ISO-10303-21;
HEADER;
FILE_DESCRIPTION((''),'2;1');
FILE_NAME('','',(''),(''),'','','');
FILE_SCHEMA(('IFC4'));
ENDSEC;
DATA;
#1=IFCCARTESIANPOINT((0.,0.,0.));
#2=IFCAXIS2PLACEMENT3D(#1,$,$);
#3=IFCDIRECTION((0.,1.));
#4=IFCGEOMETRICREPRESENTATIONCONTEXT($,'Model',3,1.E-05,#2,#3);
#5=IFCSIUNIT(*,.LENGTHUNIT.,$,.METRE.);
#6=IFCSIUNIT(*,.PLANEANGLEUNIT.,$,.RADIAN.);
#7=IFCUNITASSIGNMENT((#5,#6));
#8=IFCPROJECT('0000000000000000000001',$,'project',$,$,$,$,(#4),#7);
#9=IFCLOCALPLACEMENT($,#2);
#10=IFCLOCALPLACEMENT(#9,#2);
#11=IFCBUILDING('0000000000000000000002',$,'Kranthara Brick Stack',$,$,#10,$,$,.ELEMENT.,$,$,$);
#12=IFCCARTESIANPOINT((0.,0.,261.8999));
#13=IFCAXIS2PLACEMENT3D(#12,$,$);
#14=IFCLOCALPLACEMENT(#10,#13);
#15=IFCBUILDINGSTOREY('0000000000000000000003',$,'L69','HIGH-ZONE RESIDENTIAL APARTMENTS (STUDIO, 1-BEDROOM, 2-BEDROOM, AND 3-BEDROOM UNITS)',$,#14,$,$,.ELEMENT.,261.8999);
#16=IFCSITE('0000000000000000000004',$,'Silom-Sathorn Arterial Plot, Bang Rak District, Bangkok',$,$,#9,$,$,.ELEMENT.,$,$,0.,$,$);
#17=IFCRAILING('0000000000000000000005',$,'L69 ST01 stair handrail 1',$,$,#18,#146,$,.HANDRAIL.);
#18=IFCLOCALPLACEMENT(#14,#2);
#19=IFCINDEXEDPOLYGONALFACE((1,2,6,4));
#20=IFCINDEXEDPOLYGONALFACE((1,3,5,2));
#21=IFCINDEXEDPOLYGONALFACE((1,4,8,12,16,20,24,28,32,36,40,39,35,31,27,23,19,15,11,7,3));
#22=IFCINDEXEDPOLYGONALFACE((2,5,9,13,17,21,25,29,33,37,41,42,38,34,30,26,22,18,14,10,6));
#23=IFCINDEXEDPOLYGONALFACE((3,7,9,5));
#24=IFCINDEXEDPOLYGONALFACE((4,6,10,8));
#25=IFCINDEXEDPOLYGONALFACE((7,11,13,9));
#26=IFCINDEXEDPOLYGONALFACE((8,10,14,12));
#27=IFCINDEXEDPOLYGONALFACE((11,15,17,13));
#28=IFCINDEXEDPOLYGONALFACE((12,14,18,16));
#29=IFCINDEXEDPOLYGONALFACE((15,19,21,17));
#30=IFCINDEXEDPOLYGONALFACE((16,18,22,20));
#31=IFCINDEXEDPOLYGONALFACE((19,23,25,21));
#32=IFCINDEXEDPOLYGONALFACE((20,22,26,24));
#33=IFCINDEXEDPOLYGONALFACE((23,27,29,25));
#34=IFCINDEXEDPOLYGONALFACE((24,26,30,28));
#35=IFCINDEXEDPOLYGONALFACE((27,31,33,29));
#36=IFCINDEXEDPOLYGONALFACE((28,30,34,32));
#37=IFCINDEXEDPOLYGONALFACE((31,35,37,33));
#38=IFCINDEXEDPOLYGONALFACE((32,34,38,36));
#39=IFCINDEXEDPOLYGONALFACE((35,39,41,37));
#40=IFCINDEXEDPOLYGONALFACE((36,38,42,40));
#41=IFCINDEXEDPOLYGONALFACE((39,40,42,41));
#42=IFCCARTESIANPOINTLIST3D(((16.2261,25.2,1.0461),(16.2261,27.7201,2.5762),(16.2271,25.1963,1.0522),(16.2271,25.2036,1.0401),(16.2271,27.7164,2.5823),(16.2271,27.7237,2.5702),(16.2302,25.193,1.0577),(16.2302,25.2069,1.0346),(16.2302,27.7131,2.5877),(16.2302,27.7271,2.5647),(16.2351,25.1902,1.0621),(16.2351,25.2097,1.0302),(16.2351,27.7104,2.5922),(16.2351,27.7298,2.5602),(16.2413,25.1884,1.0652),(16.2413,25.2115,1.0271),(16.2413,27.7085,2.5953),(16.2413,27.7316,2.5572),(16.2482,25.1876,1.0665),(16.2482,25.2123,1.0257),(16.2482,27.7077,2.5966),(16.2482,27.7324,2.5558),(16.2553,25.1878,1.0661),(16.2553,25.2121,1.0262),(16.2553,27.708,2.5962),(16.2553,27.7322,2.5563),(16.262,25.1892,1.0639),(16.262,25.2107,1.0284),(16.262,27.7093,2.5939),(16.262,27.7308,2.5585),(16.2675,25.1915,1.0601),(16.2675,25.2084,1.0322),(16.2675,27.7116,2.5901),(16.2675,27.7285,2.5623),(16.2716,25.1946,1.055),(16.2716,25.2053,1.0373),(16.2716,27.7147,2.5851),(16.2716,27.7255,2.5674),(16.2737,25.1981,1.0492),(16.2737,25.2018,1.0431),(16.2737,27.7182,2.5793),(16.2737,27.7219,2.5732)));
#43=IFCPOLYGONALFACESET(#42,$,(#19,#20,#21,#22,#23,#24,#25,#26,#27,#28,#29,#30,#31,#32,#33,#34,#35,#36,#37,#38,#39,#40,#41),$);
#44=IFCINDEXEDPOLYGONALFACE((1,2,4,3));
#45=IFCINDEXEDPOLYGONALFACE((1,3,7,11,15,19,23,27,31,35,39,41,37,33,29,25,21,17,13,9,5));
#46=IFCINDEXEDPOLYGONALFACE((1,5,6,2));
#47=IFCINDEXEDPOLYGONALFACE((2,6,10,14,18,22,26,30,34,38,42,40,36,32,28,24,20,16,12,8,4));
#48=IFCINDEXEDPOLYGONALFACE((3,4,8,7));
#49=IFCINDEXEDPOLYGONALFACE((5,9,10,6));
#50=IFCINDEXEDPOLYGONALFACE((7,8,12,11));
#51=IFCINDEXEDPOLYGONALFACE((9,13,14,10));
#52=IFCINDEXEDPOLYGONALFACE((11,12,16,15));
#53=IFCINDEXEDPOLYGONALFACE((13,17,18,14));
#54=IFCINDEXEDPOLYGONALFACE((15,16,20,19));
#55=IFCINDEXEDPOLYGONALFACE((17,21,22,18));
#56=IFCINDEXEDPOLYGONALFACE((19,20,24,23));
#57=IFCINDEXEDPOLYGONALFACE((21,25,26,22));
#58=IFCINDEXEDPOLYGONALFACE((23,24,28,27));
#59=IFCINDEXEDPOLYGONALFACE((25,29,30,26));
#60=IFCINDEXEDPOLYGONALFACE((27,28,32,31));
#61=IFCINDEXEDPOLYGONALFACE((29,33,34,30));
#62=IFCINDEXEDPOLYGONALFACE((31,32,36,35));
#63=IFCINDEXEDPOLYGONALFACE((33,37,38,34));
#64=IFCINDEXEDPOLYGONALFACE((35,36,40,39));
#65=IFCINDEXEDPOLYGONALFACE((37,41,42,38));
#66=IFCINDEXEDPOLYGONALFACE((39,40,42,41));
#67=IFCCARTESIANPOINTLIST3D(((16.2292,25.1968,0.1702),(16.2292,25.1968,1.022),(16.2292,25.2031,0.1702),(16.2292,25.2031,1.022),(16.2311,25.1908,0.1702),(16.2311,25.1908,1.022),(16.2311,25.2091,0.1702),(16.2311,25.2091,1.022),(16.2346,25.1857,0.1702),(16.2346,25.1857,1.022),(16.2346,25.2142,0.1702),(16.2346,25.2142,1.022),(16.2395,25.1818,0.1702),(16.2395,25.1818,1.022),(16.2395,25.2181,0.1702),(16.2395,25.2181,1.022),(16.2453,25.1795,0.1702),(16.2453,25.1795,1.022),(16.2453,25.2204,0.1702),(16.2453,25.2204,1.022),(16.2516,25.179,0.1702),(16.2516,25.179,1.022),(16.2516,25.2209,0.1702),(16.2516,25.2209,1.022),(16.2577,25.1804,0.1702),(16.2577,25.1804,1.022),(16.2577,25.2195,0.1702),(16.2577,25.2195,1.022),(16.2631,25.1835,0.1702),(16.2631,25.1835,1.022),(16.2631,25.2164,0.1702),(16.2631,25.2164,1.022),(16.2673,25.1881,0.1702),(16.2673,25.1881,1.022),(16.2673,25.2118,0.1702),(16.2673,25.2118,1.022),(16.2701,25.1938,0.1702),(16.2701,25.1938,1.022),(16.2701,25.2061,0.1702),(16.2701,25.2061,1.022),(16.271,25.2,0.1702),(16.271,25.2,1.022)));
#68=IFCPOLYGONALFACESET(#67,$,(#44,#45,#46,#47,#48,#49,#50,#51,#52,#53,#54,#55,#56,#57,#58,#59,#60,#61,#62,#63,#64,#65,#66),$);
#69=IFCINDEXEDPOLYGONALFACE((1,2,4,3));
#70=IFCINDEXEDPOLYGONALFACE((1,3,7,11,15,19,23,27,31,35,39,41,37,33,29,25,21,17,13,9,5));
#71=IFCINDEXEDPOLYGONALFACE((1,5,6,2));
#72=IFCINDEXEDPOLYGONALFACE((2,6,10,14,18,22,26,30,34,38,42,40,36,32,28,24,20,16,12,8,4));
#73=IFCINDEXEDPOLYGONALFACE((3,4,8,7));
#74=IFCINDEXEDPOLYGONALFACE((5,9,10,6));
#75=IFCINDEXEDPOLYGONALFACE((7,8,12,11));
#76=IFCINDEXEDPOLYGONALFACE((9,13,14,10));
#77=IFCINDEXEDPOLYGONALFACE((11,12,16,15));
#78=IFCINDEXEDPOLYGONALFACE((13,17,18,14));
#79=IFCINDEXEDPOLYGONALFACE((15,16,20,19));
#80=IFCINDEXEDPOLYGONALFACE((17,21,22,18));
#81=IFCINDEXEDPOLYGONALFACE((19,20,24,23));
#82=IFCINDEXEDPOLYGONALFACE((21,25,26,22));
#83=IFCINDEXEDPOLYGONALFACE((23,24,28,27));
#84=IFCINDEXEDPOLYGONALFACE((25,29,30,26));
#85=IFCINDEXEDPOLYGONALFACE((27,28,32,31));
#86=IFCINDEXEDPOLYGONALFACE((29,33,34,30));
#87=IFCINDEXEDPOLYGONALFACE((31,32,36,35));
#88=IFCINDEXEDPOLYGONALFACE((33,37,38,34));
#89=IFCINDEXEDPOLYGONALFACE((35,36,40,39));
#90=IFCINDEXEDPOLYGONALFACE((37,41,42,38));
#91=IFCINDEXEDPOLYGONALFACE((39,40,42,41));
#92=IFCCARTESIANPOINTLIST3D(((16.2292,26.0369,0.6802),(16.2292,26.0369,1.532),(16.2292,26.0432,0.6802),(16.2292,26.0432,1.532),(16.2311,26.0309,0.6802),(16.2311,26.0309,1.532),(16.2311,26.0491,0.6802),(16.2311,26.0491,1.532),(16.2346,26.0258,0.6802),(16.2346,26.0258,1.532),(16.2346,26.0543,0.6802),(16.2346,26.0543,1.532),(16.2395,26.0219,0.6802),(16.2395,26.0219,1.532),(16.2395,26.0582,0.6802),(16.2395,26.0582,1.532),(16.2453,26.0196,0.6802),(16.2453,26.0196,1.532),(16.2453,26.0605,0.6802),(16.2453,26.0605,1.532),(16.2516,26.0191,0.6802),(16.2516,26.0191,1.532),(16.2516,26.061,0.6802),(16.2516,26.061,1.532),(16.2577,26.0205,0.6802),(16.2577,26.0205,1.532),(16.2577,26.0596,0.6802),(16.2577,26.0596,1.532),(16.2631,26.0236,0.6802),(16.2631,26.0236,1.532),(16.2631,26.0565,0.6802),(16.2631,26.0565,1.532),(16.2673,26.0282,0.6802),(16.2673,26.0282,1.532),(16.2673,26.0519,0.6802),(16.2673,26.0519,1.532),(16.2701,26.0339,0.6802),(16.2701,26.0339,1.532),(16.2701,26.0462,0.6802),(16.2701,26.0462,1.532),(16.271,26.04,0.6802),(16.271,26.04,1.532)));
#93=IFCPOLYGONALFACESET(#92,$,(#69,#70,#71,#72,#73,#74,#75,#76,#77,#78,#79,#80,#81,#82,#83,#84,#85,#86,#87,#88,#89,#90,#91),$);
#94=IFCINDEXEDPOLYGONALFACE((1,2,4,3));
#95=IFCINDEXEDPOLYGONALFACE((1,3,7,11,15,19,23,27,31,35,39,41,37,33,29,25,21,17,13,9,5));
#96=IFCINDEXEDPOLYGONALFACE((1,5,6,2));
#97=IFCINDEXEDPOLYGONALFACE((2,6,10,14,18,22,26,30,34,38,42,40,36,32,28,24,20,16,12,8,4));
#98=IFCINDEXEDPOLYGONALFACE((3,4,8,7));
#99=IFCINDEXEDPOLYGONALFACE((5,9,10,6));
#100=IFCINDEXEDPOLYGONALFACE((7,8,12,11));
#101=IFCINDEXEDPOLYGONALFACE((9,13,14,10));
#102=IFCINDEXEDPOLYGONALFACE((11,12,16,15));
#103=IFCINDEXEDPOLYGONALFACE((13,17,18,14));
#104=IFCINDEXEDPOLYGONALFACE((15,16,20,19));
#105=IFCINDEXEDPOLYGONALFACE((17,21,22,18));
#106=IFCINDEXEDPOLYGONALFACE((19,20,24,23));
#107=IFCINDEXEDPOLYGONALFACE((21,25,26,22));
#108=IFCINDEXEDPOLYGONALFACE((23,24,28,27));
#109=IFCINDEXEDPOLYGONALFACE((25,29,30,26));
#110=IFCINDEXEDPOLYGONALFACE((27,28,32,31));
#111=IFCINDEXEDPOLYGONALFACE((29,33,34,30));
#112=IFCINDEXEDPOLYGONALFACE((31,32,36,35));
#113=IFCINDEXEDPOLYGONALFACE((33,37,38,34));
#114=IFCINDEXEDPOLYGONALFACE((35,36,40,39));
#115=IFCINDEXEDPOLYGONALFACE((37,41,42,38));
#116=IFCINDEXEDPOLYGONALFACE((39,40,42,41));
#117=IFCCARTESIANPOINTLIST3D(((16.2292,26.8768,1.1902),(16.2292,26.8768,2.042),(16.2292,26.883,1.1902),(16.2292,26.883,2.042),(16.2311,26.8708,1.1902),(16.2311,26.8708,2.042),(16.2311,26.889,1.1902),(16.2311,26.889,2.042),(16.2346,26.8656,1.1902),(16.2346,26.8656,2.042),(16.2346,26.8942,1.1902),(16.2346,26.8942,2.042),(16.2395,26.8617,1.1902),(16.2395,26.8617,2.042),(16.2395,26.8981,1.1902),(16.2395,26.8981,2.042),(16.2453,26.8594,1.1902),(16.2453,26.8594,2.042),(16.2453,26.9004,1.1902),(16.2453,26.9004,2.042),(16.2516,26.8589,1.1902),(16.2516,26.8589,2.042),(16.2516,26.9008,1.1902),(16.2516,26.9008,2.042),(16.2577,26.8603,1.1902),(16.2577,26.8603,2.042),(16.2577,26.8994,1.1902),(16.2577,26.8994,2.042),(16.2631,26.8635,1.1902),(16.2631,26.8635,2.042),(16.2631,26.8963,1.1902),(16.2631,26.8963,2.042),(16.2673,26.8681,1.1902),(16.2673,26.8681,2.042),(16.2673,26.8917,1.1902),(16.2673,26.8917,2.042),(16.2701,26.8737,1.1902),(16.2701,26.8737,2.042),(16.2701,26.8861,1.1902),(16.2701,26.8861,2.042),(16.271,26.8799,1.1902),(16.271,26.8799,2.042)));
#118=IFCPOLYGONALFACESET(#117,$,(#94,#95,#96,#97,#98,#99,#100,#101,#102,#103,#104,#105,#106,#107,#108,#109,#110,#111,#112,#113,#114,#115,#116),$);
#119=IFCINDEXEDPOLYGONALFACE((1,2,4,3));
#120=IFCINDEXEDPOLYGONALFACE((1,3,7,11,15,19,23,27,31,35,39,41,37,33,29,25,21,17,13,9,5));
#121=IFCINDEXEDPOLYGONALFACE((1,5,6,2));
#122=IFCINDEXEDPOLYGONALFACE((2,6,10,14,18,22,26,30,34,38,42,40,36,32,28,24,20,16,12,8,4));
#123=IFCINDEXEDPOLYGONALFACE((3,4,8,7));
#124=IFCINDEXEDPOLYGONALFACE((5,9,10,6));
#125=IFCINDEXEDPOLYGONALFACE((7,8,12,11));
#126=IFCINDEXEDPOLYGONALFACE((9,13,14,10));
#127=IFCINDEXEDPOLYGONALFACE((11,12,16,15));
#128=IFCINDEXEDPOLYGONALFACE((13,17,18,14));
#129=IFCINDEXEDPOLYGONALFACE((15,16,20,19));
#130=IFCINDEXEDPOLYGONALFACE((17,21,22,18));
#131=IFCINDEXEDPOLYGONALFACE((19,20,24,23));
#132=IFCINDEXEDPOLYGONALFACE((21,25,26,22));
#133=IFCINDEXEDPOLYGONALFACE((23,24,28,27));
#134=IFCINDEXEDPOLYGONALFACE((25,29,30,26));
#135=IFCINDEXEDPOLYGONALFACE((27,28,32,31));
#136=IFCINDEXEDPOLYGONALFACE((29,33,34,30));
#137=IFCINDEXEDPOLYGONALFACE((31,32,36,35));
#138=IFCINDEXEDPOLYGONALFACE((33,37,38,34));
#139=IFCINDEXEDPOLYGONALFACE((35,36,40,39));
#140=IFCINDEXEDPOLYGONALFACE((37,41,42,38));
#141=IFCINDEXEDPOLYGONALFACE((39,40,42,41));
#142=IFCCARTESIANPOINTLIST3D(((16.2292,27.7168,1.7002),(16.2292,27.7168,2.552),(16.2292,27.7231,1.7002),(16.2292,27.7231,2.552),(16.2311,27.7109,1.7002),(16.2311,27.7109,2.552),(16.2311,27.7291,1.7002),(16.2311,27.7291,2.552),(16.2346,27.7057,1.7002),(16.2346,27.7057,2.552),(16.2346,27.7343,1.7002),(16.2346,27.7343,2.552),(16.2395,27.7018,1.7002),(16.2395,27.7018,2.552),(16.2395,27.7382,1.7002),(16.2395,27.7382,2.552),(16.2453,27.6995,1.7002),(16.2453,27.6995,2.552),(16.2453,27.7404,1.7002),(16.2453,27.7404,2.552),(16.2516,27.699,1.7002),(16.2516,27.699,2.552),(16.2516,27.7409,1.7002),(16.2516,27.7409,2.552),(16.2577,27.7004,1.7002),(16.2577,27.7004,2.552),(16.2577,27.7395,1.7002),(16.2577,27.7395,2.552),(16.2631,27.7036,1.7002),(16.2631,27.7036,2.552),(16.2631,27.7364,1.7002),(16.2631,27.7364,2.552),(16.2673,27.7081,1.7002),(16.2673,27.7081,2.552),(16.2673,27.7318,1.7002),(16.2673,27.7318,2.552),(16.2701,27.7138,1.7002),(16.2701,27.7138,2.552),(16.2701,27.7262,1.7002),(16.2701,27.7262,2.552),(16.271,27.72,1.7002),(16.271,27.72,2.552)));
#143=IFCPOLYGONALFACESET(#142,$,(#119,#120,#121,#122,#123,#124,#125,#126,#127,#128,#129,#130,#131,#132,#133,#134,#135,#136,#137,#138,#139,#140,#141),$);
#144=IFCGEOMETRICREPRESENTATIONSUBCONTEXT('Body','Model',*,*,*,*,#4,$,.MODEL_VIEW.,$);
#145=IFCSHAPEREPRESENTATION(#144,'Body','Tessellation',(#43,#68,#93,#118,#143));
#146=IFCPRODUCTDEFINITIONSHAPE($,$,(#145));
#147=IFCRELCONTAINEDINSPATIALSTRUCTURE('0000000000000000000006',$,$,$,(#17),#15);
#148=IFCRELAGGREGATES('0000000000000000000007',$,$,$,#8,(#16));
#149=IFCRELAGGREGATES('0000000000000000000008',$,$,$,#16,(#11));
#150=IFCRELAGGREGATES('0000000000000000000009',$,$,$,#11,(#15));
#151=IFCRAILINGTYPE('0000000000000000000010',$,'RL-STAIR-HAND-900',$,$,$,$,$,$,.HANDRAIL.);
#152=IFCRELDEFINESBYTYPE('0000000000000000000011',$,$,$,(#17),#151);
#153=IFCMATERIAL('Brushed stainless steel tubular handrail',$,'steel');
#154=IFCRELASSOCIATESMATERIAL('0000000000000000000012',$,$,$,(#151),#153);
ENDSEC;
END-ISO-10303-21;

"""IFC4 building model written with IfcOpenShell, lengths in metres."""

from ifc_helpers import new_model, si_unit, direction, frame, origin, origin_2d, place, context, subcontext, project, spatial, circle, extrude, material, type_object, element, save


model = new_model("IFC4")

# Units and contexts
model_context = context("Model", 3, precision=1e-05, world=origin(), true_north=direction((0.0, 1.0)))
body_context = subcontext(model_context, "Body", "Model", "MODEL_VIEW")
ifc_project = project(units=[si_unit("LENGTHUNIT", "METRE"), si_unit("PLANEANGLEUNIT", "RADIAN")], contexts=[model_context])

# Site, building, storey
site_placement = place(None, origin())
site = spatial("IfcSite", under=ifc_project, at=site_placement, Name="Silom-Sathorn Arterial Plot, Bang Rak District, Bangkok", CompositionType="ELEMENT", RefElevation=0.0)
building_placement = place(site_placement, origin())
building = spatial("IfcBuilding", under=site, at=building_placement, Name="Kranthara Brick Stack", CompositionType="ELEMENT")
storey_placement = place(building_placement, frame((0.0, 0.0, 261.8999)))
storey = spatial("IfcBuildingStorey", under=building, at=storey_placement, Name="L69", Description="HIGH-ZONE RESIDENTIAL APARTMENTS (STUDIO, 1-BEDROOM, 2-BEDROOM, AND 3-BEDROOM UNITS)", CompositionType="ELEMENT", Elevation=261.8999)

# Railing
ifc_material_1 = material(Name="Brushed stainless steel tubular handrail", Category="steel")
railing_type_1 = type_object("IfcRailingType", Name="RL-STAIR-HAND-900", PredefinedType="HANDRAIL", material=ifc_material_1)
railing_1_placement = place(storey_placement, frame((16.25, 25.2, 0.1702)))
element("IfcRailing", 1, at=railing_1_placement, inside=storey, type_object=railing_type_1, Name="L69 ST01 stair handrail 1", PredefinedType="HANDRAIL", context=body_context, shape_type="SweptSolid", body=[
    extrude(circle(Radius=0.0239, at=origin_2d()), frame((0.0, 0.0, 0.876), z_axis=(0.0, 0.854785, 0.518982), x_axis=(-1.0, 0.0, 0.0)), (0.0, 0.0, 1.0), 2.9482),
    extrude(circle(Radius=0.021, at=origin_2d()), origin(), (0.0, 0.0, 1.0), 0.8518),
    extrude(circle(Radius=0.021, at=origin_2d()), frame((0.0, 0.8401, 0.51)), (0.0, 0.0, 1.0), 0.8518),
    extrude(circle(Radius=0.021, at=origin_2d()), frame((0.0, 1.6799, 1.02)), (0.0, 0.0, 1.0), 0.8518),
    extrude(circle(Radius=0.021, at=origin_2d()), frame((0.0, 2.52, 1.53)), (0.0, 0.0, 1.0), 0.8518),
])

save(model, "model.ifc")
